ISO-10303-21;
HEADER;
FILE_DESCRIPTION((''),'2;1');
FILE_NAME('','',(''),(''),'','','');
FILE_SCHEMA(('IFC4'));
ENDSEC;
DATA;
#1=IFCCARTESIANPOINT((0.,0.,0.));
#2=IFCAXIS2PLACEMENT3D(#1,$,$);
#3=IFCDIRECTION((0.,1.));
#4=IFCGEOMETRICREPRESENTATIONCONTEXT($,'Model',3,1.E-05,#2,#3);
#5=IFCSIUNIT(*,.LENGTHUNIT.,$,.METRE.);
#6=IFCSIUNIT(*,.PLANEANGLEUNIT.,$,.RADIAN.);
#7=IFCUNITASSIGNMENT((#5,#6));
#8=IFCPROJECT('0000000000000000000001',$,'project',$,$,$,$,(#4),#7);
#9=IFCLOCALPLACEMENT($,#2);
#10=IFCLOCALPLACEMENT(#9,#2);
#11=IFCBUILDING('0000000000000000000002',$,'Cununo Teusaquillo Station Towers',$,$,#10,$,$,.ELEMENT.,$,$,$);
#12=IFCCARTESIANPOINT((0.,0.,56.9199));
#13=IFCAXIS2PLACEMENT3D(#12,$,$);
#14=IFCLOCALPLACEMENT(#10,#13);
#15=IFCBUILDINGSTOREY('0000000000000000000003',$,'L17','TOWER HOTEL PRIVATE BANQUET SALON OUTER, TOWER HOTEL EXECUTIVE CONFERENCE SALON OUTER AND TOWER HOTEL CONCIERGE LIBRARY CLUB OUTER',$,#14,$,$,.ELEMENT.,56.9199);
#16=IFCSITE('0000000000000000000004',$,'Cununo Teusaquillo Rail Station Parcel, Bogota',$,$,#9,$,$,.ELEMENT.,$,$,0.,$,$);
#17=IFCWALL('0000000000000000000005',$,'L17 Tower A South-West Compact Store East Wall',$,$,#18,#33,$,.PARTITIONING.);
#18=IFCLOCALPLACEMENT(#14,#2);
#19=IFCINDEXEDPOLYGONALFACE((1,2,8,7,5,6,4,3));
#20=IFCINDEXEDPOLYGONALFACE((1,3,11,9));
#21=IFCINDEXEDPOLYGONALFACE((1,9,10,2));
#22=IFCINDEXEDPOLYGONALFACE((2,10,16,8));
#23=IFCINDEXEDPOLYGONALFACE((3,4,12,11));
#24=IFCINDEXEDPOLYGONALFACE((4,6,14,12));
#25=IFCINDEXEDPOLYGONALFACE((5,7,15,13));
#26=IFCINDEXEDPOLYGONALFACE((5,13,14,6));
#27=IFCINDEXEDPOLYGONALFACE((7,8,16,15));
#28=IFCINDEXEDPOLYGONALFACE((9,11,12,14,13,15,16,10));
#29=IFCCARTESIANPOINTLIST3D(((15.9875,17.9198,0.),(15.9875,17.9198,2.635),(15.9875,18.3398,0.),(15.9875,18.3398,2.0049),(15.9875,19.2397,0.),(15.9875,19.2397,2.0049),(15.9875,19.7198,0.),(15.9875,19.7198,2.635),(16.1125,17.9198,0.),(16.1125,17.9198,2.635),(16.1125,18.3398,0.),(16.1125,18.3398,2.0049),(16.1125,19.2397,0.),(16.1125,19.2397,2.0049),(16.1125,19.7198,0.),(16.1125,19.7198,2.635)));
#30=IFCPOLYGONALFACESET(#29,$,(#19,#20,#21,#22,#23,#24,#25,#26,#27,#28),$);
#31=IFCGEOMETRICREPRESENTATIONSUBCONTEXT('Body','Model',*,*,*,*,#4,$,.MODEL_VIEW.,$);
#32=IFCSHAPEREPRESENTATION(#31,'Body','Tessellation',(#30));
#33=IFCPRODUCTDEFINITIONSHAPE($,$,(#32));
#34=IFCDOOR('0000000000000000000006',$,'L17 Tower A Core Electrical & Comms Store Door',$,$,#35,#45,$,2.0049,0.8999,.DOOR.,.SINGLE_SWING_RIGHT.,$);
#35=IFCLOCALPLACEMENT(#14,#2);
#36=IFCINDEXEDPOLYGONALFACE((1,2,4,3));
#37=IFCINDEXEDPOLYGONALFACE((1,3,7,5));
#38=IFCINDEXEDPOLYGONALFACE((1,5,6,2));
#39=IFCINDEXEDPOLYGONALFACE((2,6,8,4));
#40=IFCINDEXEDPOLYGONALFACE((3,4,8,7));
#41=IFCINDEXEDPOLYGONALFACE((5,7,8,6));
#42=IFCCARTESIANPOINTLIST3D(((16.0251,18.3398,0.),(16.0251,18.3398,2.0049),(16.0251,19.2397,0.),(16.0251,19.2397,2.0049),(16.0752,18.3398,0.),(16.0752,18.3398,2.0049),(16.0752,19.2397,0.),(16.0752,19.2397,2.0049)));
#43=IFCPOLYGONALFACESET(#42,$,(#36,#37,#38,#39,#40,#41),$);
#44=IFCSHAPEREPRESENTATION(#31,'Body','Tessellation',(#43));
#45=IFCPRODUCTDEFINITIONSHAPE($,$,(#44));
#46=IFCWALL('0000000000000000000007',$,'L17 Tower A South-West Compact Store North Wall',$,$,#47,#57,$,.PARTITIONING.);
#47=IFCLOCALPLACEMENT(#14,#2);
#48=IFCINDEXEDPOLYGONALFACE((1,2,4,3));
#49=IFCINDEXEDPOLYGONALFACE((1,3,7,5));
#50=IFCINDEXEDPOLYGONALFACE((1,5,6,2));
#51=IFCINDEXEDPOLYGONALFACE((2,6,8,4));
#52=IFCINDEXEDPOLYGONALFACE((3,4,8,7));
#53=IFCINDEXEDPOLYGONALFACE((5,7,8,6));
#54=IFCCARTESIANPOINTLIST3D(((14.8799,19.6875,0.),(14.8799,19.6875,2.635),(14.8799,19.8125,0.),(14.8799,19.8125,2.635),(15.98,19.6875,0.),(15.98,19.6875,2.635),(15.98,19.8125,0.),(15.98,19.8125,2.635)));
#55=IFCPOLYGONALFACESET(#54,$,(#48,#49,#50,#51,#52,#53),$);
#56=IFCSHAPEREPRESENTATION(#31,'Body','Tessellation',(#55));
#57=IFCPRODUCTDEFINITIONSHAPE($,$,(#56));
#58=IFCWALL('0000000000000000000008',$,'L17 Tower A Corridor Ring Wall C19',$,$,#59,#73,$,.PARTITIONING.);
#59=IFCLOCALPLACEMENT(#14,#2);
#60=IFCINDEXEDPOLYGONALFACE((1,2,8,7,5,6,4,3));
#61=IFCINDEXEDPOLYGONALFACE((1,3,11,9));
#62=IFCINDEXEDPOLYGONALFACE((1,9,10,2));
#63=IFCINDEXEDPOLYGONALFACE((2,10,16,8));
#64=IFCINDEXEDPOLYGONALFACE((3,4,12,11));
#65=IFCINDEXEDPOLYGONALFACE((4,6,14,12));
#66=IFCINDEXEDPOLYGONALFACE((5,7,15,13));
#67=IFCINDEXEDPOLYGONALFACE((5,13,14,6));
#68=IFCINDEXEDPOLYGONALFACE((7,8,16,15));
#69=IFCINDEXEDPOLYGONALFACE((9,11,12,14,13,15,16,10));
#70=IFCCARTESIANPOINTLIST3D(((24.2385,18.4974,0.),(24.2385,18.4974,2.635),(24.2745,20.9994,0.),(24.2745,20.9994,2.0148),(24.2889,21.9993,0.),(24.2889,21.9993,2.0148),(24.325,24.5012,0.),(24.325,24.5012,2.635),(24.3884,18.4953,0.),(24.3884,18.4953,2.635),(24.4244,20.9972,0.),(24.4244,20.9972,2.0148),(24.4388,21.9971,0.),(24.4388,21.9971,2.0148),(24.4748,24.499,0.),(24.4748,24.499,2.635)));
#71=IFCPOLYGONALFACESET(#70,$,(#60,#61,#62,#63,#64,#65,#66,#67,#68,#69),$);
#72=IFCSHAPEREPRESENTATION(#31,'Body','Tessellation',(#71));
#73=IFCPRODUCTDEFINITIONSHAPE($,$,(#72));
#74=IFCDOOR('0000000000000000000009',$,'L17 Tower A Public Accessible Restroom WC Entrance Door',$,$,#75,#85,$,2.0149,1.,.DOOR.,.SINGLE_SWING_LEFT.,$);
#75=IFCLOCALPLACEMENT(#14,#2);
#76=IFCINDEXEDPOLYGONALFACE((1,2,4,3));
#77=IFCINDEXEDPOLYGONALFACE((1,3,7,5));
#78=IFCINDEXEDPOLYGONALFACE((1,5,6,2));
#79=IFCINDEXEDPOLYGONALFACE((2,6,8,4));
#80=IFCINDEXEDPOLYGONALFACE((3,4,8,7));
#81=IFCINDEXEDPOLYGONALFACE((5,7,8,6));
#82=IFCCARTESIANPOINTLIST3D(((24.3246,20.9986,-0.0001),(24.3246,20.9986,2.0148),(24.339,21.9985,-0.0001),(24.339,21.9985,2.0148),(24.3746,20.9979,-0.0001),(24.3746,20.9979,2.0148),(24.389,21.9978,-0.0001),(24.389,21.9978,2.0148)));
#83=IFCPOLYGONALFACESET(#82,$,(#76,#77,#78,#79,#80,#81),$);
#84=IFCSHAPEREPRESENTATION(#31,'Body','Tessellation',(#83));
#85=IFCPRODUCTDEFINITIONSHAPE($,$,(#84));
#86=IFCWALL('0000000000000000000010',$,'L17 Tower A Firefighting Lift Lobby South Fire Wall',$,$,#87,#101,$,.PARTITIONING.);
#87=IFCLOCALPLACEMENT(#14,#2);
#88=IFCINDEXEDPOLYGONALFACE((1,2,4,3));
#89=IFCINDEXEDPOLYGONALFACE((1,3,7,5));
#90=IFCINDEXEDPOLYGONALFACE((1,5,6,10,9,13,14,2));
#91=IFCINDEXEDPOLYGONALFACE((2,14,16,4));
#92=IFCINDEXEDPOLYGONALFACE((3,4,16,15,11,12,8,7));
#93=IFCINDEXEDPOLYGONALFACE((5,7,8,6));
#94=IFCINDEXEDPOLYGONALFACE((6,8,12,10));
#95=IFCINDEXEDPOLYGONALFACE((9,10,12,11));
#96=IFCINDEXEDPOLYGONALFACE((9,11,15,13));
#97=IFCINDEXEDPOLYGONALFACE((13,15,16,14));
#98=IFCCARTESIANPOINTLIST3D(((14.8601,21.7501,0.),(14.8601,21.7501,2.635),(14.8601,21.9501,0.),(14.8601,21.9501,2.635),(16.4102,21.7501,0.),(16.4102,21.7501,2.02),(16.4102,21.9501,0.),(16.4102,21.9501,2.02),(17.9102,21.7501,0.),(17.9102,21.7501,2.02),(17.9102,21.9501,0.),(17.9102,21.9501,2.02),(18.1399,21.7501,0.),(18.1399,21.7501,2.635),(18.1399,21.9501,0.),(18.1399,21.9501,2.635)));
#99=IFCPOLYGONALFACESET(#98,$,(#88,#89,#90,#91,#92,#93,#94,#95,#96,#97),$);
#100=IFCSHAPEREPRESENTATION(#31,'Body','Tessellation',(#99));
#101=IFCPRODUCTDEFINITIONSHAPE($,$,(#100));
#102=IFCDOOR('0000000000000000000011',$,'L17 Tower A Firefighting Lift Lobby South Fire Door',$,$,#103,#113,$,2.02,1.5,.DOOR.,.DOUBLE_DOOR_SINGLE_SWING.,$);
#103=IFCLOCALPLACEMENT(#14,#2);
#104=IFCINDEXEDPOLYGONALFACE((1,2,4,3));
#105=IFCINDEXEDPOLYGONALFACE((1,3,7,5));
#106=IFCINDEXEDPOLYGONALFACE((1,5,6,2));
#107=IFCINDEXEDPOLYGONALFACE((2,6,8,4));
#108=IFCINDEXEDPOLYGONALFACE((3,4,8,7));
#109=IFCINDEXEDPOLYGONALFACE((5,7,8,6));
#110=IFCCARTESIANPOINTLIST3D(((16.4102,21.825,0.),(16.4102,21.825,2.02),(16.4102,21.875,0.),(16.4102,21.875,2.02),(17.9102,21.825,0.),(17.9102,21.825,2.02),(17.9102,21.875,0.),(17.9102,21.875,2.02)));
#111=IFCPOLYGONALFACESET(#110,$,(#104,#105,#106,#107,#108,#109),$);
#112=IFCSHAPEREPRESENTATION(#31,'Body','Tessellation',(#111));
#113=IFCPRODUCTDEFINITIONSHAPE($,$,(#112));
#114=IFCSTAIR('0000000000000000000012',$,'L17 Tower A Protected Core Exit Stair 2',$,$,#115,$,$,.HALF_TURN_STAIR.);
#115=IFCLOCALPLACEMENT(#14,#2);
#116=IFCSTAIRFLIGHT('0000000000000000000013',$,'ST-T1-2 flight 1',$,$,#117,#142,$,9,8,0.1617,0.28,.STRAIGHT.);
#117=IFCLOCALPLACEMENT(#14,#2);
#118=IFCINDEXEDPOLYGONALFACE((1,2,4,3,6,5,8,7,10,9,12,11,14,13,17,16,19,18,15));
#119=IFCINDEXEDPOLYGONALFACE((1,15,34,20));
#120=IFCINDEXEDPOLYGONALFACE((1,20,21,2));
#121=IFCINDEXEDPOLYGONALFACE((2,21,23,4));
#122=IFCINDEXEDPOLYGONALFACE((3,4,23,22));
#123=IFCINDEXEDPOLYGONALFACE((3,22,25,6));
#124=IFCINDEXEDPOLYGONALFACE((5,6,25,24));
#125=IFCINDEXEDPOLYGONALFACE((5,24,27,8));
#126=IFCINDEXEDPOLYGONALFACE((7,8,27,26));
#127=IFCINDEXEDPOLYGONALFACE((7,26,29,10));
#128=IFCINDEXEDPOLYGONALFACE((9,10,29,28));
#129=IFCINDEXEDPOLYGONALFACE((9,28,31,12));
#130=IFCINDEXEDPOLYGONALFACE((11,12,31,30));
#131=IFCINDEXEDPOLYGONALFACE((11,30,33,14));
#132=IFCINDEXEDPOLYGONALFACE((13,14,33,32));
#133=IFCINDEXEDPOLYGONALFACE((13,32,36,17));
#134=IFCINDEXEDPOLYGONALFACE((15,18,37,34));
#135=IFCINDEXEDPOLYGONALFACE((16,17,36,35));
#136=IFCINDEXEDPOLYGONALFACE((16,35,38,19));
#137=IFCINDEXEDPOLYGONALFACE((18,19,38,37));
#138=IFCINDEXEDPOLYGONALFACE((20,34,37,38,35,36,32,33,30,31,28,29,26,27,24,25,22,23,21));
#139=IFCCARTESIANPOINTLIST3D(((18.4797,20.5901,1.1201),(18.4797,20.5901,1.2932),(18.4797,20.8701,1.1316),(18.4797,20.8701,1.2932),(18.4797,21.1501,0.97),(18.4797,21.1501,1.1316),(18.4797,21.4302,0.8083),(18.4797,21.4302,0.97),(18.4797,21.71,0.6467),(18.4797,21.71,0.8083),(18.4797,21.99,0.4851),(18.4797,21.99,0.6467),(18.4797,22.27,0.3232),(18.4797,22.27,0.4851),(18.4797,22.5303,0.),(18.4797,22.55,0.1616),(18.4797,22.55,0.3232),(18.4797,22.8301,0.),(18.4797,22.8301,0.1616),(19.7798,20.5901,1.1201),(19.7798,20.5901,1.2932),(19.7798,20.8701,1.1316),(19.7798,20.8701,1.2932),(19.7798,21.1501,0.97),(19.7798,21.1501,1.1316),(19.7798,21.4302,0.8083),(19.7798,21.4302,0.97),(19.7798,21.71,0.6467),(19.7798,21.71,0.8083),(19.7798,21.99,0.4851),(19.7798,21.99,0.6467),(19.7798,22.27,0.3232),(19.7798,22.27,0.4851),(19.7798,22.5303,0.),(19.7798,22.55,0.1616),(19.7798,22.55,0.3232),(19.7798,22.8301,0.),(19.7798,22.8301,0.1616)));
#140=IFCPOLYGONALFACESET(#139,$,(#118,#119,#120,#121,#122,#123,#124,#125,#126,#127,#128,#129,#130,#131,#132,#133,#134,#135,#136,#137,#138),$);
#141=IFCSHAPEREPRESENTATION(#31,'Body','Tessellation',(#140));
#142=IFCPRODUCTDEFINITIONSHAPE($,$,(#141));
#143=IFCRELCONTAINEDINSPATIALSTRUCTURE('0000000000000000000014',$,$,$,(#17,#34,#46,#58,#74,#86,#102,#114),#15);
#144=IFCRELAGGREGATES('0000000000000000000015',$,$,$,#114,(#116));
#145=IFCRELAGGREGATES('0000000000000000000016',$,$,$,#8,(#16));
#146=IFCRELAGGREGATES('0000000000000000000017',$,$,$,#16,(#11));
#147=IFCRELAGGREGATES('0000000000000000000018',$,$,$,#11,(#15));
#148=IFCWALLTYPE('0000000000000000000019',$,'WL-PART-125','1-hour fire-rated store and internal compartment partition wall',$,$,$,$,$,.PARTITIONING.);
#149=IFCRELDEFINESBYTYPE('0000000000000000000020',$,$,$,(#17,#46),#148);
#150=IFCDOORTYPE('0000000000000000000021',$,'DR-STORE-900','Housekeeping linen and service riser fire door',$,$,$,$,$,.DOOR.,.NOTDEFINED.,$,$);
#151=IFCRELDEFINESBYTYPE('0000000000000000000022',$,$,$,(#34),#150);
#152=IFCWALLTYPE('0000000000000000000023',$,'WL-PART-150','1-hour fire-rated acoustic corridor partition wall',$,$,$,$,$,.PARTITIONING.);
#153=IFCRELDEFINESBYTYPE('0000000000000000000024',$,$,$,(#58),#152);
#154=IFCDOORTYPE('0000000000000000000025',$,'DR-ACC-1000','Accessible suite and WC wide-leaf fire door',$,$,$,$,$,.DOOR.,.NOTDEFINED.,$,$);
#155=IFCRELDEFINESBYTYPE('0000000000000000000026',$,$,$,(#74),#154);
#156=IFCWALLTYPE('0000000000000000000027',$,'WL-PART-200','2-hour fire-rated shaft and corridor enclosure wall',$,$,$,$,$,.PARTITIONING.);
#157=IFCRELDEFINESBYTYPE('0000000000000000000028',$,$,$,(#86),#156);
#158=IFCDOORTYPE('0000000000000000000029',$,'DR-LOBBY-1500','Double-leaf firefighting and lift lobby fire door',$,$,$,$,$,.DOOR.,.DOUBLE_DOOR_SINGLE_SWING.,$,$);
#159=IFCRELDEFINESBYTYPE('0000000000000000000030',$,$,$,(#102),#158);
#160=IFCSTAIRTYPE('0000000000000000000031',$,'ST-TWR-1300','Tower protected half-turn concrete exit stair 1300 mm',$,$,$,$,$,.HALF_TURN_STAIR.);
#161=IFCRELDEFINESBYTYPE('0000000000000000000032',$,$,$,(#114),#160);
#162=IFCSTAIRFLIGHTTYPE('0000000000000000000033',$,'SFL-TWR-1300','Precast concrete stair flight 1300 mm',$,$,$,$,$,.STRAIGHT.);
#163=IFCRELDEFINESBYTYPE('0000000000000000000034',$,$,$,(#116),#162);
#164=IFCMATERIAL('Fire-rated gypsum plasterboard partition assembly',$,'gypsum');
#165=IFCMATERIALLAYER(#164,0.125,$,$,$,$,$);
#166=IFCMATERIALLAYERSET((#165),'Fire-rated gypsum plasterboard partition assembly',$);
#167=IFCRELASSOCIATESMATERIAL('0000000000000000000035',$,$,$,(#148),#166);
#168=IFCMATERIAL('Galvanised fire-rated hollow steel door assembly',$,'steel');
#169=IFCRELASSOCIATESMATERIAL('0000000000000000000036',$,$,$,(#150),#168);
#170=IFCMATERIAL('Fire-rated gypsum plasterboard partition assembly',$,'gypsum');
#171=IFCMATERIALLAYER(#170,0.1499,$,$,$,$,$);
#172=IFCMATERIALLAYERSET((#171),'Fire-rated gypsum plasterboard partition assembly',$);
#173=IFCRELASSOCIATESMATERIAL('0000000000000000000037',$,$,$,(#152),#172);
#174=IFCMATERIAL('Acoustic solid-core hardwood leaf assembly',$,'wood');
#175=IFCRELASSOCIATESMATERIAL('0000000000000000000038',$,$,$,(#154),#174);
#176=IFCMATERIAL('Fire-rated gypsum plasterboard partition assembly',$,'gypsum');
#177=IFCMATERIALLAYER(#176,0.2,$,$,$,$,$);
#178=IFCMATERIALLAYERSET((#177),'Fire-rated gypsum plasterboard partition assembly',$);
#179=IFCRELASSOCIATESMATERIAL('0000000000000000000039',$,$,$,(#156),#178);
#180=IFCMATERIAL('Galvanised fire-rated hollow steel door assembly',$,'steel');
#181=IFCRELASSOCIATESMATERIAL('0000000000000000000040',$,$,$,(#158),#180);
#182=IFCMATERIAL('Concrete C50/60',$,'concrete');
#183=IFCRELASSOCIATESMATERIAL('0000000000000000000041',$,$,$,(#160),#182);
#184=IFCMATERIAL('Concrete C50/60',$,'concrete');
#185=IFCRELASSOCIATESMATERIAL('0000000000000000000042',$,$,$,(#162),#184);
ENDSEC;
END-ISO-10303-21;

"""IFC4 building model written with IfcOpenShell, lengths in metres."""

from ifc_helpers import new_model, si_unit, direction, frame, frame_2d, origin, place, context, subcontext, project, spatial, polyline, rectangle, outline, extrude, source, transform, mapped, material, layer, layer_set, type_object, element, fill, aggregate, save


model = new_model("IFC4")

# Units and contexts
model_context = context("Model", 3, precision=1e-05, world=origin(), true_north=direction((0.0, 1.0)))
body_context = subcontext(model_context, "Body", "Model", "MODEL_VIEW")
ifc_project = project(units=[si_unit("LENGTHUNIT", "METRE"), si_unit("PLANEANGLEUNIT", "RADIAN")], contexts=[model_context])

# Site, building, storey
site_placement = place(None, origin())
site = spatial("IfcSite", under=ifc_project, at=site_placement, Name="Cununo Teusaquillo Rail Station Parcel, Bogota", CompositionType="ELEMENT", RefElevation=0.0)
building_placement = place(site_placement, origin())
building = spatial("IfcBuilding", under=site, at=building_placement, Name="Cununo Teusaquillo Station Towers", CompositionType="ELEMENT")
storey_placement = place(building_placement, frame((0.0, 0.0, 56.9199)))
storey = spatial("IfcBuildingStorey", under=building, at=storey_placement, Name="L17", Description="TOWER HOTEL PRIVATE BANQUET SALON OUTER, TOWER HOTEL EXECUTIVE CONFERENCE SALON OUTER AND TOWER HOTEL CONCIERGE LIBRARY CLUB OUTER", CompositionType="ELEMENT", Elevation=56.9199)

# Wall, opening, door
ifc_material_1 = material(Name="Fire-rated gypsum plasterboard partition assembly", Category="gypsum")
ifc_layer_1 = layer(ifc_material_1, 0.125)
ifc_layer_set_1 = layer_set([ifc_layer_1], Name="Fire-rated gypsum plasterboard partition assembly")
wall_type_1 = type_object("IfcWallType", Name="WL-PART-125", Description="1-hour fire-rated store and internal compartment partition wall", PredefinedType="PARTITIONING", material=ifc_layer_set_1)
wall_1_placement = place(storey_placement, frame((16.05, 17.9199, 0.0), z_axis=(0.0, 0.0, 1.0), x_axis=(0.0, 1.0, 0.0)))
wall_1 = element("IfcWall", 1, at=wall_1_placement, inside=storey, type_object=wall_type_1, Name="L17 Tower A South-West Compact Store East Wall", PredefinedType="PARTITIONING", context=body_context, shape_type="SweptSolid", body=[
    extrude(rectangle(XDim=1.8, YDim=0.125, at=frame_2d((0.8999, 0.0))), origin(), (0.0, 0.0, 1.0), 2.635),
])
shared_shape_1 = source(origin(), body_context, "Body", "SweptSolid", [
    extrude(rectangle(XDim=0.8999, YDim=2.0049, at=frame_2d((0.45, 1.0024))), frame((0.0, 0.0725, 0.0), z_axis=(0.0, -1.0, 0.0), x_axis=(1.0, 0.0, 0.0)), (0.0, 0.0, 1.0), 0.145),
])
opening_1_placement = place(wall_1_placement, frame((0.4199, 0.0, 0.0)))
opening_1 = element("IfcOpeningElement", 2, at=opening_1_placement, cuts=wall_1, PredefinedType="OPENING", context=body_context, shape_type="MappedRepresentation", body=[
    mapped(shared_shape_1, transform((0.0, 0.0, 0.0), x_axis=(1.0, 0.0, 0.0), y_axis=(0.0, 1.0, 0.0), z_axis=(0.0, 0.0, 1.0), scale=1.0)),
])
ifc_material_2 = material(Name="Galvanised fire-rated hollow steel door assembly", Category="steel")
door_type_1 = type_object("IfcDoorType", Name="DR-STORE-900", Description="Housekeeping linen and service riser fire door", OperationType="NOTDEFINED", PredefinedType="DOOR", material=ifc_material_2)
shared_shape_2 = source(origin(), body_context, "Body", "SweptSolid", [
    extrude(rectangle(XDim=0.8999, YDim=2.0049, at=frame_2d((0.45, 1.0024))), frame((0.0, 0.0249, 0.0), z_axis=(0.0, -1.0, 0.0), x_axis=(1.0, 0.0, 0.0)), (0.0, 0.0, 1.0), 0.05),
])
door_1_placement = place(opening_1_placement, origin())
door_1 = element("IfcDoor", 3, at=door_1_placement, inside=storey, type_object=door_type_1, Name="L17 Tower A Core Electrical & Comms Store Door", OperationType="SINGLE_SWING_RIGHT", OverallHeight=2.0049, OverallWidth=0.8999, PredefinedType="DOOR", context=body_context, shape_type="MappedRepresentation", body=[
    mapped(shared_shape_2, transform((0.0, 0.0, 0.0), x_axis=(1.0, 0.0, 0.0), y_axis=(0.0, 1.0, 0.0), z_axis=(0.0, 0.0, 1.0), scale=1.0)),
])
fill(opening_1, door_1)

# Wall
wall_2_placement = place(storey_placement, frame((14.8799, 19.75, 0.0), z_axis=(0.0, 0.0, 1.0), x_axis=(1.0, 0.0, 0.0)))
element("IfcWall", 4, at=wall_2_placement, inside=storey, type_object=wall_type_1, Name="L17 Tower A South-West Compact Store North Wall", PredefinedType="PARTITIONING", context=body_context, shape_type="SweptSolid", body=[
    extrude(rectangle(XDim=1.1001, YDim=0.125, at=frame_2d((0.55, 0.0))), origin(), (0.0, 0.0, 1.0), 2.635),
])

# Walls, openings, doors
ifc_material_3 = material(Name="Fire-rated gypsum plasterboard partition assembly", Category="gypsum")
ifc_layer_2 = layer(ifc_material_3, 0.1499)
ifc_layer_set_2 = layer_set([ifc_layer_2], Name="Fire-rated gypsum plasterboard partition assembly")
wall_type_2 = type_object("IfcWallType", Name="WL-PART-150", Description="1-hour fire-rated acoustic corridor partition wall", PredefinedType="PARTITIONING", material=ifc_layer_set_2)
wall_3_placement = place(storey_placement, frame((24.3135, 18.4963, 0.0), z_axis=(0.0, 0.0, 1.0), x_axis=(0.014394, 0.999896, 0.0)))
wall_3 = element("IfcWall", 5, at=wall_3_placement, inside=storey, type_object=wall_type_2, Name="L17 Tower A Corridor Ring Wall C19", PredefinedType="PARTITIONING", context=body_context, shape_type="SweptSolid", body=[
    extrude(rectangle(XDim=6.0044, YDim=0.1499, at=frame_2d((3.0022, 0.0))), origin(), (0.0, 0.0, 1.0), 2.635),
])
shared_shape_3 = source(origin(), body_context, "Body", "SweptSolid", [
    extrude(rectangle(XDim=1.0, YDim=2.0149, at=frame_2d((0.5, 1.0073))), frame((0.0, 0.085, 0.0), z_axis=(0.0, -1.0, 0.0), x_axis=(1.0, 0.0, 0.0)), (0.0, 0.0, 1.0), 0.1699),
])
opening_2_placement = place(wall_3_placement, frame((2.5022, 0.0, 0.0)))
opening_2 = element("IfcOpeningElement", 6, at=opening_2_placement, cuts=wall_3, PredefinedType="OPENING", context=body_context, shape_type="MappedRepresentation", body=[
    mapped(shared_shape_3, transform((0.0, 0.0, 0.0), x_axis=(1.0, 0.0, 0.0), y_axis=(0.0, 1.0, 0.0), z_axis=(0.0, 0.0, 1.0), scale=1.0)),
])
ifc_material_4 = material(Name="Acoustic solid-core hardwood leaf assembly", Category="wood")
door_type_2 = type_object("IfcDoorType", Name="DR-ACC-1000", Description="Accessible suite and WC wide-leaf fire door", OperationType="NOTDEFINED", PredefinedType="DOOR", material=ifc_material_4)
shared_shape_4 = source(origin(), body_context, "Body", "SweptSolid", [
    extrude(rectangle(XDim=1.0, YDim=2.0149, at=frame_2d((0.5, 1.0073))), frame((0.0, 0.0249, 0.0), z_axis=(0.0, -1.0, 0.0), x_axis=(1.0, 0.0, 0.0)), (0.0, 0.0, 1.0), 0.05),
])
door_2_placement = place(opening_2_placement, origin())
door_2 = element("IfcDoor", 7, at=door_2_placement, inside=storey, type_object=door_type_2, Name="L17 Tower A Public Accessible Restroom WC Entrance Door", OperationType="SINGLE_SWING_LEFT", OverallHeight=2.0149, OverallWidth=1.0, PredefinedType="DOOR", context=body_context, shape_type="MappedRepresentation", body=[
    mapped(shared_shape_4, transform((0.0, 0.0, 0.0), x_axis=(1.0, 0.0, 0.0), y_axis=(0.0, 1.0, 0.0), z_axis=(0.0, 0.0, 1.0), scale=1.0)),
])
fill(opening_2, door_2)
ifc_material_5 = material(Name="Fire-rated gypsum plasterboard partition assembly", Category="gypsum")
ifc_layer_3 = layer(ifc_material_5, 0.2)
ifc_layer_set_3 = layer_set([ifc_layer_3], Name="Fire-rated gypsum plasterboard partition assembly")
wall_type_3 = type_object("IfcWallType", Name="WL-PART-200", Description="2-hour fire-rated shaft and corridor enclosure wall", PredefinedType="PARTITIONING", material=ifc_layer_set_3)
wall_4_placement = place(storey_placement, frame((14.8601, 21.8501, 0.0), z_axis=(0.0, 0.0, 1.0), x_axis=(1.0, 0.0, 0.0)))
wall_4 = element("IfcWall", 8, at=wall_4_placement, inside=storey, type_object=wall_type_3, Name="L17 Tower A Firefighting Lift Lobby South Fire Wall", PredefinedType="PARTITIONING", context=body_context, shape_type="SweptSolid", body=[
    extrude(rectangle(XDim=3.2798, YDim=0.2, at=frame_2d((1.6399, 0.0))), origin(), (0.0, 0.0, 1.0), 2.635),
])
shared_shape_5 = source(origin(), body_context, "Body", "SweptSolid", [
    extrude(rectangle(XDim=1.5, YDim=2.02, at=frame_2d((0.75, 1.01))), frame((0.0, 0.1099, 0.0), z_axis=(0.0, -1.0, 0.0), x_axis=(1.0, 0.0, 0.0)), (0.0, 0.0, 1.0), 0.22),
])
opening_3_placement = place(wall_4_placement, frame((1.55, 0.0, 0.0)))
opening_3 = element("IfcOpeningElement", 9, at=opening_3_placement, cuts=wall_4, PredefinedType="OPENING", context=body_context, shape_type="MappedRepresentation", body=[
    mapped(shared_shape_5, transform((0.0, 0.0, 0.0), x_axis=(1.0, 0.0, 0.0), y_axis=(0.0, 1.0, 0.0), z_axis=(0.0, 0.0, 1.0), scale=1.0)),
])
ifc_material_6 = material(Name="Galvanised fire-rated hollow steel door assembly", Category="steel")
door_type_3 = type_object("IfcDoorType", Name="DR-LOBBY-1500", Description="Double-leaf firefighting and lift lobby fire door", OperationType="DOUBLE_DOOR_SINGLE_SWING", PredefinedType="DOOR", material=ifc_material_6)
shared_shape_6 = source(origin(), body_context, "Body", "SweptSolid", [
    extrude(rectangle(XDim=1.5, YDim=2.02, at=frame_2d((0.75, 1.01))), frame((0.0, 0.0249, 0.0), z_axis=(0.0, -1.0, 0.0), x_axis=(1.0, 0.0, 0.0)), (0.0, 0.0, 1.0), 0.05),
])
door_3_placement = place(opening_3_placement, origin())
door_3 = element("IfcDoor", 10, at=door_3_placement, inside=storey, type_object=door_type_3, Name="L17 Tower A Firefighting Lift Lobby South Fire Door", OperationType="DOUBLE_DOOR_SINGLE_SWING", OverallHeight=2.02, OverallWidth=1.5, PredefinedType="DOOR", context=body_context, shape_type="MappedRepresentation", body=[
    mapped(shared_shape_6, transform((0.0, 0.0, 0.0), x_axis=(1.0, 0.0, 0.0), y_axis=(0.0, 1.0, 0.0), z_axis=(0.0, 0.0, 1.0), scale=1.0)),
])
fill(opening_3, door_3)

# Stair, stair flight
ifc_material_7 = material(Name="Concrete C50/60", Category="concrete")
stair_type = type_object("IfcStairType", Name="ST-TWR-1300", Description="Tower protected half-turn concrete exit stair 1300 mm", PredefinedType="HALF_TURN_STAIR", material=ifc_material_7)
stair_placement = place(storey_placement, origin())
stair = element("IfcStair", 11, at=stair_placement, inside=storey, type_object=stair_type, Name="L17 Tower A Protected Core Exit Stair 2", PredefinedType="HALF_TURN_STAIR")
ifc_material_8 = material(Name="Concrete C50/60", Category="concrete")
stair_flight_type = type_object("IfcStairFlightType", Name="SFL-TWR-1300", Description="Precast concrete stair flight 1300 mm", PredefinedType="STRAIGHT", material=ifc_material_8)
stair_flight_1_placement = place(storey_placement, frame((19.1299, 22.8301, 0.0), z_axis=(0.0, 0.0, 1.0), x_axis=(0.0, -1.0, 0.0)))
stair_flight_1 = element("IfcStairFlight", 12, at=stair_flight_1_placement, type_object=stair_flight_type, Name="ST-T1-2 flight 1", NumberOfRisers=9, NumberOfTreads=8, PredefinedType="STRAIGHT", RiserHeight=0.1617, TreadLength=0.28, context=body_context, shape_type="SweptSolid", body=[
    extrude(outline(polyline([(0.0, 0.0), (0.0, 0.1616), (0.28, 0.1616), (0.28, 0.3232), (0.5601, 0.3232), (0.5601, 0.4851), (0.8401, 0.4851), (0.8401, 0.6467), (1.1201, 0.6467), (1.1201, 0.8083), (1.3999, 0.8083), (1.3999, 0.97), (1.6799, 0.97), (1.6799, 1.1316), (1.96, 1.1316), (1.96, 1.2932), (2.24, 1.2932), (2.24, 1.4551), (2.24, 1.1201), (0.2998, 0.0), (0.0, 0.0)])), frame((0.0, 0.6499, 0.0), z_axis=(0.0, -1.0, 0.0), x_axis=(1.0, 0.0, 0.0)), (0.0, 0.0, 1.0), 1.3),
])
aggregate(stair, [stair_flight_1])

save(model, "model.ifc")
